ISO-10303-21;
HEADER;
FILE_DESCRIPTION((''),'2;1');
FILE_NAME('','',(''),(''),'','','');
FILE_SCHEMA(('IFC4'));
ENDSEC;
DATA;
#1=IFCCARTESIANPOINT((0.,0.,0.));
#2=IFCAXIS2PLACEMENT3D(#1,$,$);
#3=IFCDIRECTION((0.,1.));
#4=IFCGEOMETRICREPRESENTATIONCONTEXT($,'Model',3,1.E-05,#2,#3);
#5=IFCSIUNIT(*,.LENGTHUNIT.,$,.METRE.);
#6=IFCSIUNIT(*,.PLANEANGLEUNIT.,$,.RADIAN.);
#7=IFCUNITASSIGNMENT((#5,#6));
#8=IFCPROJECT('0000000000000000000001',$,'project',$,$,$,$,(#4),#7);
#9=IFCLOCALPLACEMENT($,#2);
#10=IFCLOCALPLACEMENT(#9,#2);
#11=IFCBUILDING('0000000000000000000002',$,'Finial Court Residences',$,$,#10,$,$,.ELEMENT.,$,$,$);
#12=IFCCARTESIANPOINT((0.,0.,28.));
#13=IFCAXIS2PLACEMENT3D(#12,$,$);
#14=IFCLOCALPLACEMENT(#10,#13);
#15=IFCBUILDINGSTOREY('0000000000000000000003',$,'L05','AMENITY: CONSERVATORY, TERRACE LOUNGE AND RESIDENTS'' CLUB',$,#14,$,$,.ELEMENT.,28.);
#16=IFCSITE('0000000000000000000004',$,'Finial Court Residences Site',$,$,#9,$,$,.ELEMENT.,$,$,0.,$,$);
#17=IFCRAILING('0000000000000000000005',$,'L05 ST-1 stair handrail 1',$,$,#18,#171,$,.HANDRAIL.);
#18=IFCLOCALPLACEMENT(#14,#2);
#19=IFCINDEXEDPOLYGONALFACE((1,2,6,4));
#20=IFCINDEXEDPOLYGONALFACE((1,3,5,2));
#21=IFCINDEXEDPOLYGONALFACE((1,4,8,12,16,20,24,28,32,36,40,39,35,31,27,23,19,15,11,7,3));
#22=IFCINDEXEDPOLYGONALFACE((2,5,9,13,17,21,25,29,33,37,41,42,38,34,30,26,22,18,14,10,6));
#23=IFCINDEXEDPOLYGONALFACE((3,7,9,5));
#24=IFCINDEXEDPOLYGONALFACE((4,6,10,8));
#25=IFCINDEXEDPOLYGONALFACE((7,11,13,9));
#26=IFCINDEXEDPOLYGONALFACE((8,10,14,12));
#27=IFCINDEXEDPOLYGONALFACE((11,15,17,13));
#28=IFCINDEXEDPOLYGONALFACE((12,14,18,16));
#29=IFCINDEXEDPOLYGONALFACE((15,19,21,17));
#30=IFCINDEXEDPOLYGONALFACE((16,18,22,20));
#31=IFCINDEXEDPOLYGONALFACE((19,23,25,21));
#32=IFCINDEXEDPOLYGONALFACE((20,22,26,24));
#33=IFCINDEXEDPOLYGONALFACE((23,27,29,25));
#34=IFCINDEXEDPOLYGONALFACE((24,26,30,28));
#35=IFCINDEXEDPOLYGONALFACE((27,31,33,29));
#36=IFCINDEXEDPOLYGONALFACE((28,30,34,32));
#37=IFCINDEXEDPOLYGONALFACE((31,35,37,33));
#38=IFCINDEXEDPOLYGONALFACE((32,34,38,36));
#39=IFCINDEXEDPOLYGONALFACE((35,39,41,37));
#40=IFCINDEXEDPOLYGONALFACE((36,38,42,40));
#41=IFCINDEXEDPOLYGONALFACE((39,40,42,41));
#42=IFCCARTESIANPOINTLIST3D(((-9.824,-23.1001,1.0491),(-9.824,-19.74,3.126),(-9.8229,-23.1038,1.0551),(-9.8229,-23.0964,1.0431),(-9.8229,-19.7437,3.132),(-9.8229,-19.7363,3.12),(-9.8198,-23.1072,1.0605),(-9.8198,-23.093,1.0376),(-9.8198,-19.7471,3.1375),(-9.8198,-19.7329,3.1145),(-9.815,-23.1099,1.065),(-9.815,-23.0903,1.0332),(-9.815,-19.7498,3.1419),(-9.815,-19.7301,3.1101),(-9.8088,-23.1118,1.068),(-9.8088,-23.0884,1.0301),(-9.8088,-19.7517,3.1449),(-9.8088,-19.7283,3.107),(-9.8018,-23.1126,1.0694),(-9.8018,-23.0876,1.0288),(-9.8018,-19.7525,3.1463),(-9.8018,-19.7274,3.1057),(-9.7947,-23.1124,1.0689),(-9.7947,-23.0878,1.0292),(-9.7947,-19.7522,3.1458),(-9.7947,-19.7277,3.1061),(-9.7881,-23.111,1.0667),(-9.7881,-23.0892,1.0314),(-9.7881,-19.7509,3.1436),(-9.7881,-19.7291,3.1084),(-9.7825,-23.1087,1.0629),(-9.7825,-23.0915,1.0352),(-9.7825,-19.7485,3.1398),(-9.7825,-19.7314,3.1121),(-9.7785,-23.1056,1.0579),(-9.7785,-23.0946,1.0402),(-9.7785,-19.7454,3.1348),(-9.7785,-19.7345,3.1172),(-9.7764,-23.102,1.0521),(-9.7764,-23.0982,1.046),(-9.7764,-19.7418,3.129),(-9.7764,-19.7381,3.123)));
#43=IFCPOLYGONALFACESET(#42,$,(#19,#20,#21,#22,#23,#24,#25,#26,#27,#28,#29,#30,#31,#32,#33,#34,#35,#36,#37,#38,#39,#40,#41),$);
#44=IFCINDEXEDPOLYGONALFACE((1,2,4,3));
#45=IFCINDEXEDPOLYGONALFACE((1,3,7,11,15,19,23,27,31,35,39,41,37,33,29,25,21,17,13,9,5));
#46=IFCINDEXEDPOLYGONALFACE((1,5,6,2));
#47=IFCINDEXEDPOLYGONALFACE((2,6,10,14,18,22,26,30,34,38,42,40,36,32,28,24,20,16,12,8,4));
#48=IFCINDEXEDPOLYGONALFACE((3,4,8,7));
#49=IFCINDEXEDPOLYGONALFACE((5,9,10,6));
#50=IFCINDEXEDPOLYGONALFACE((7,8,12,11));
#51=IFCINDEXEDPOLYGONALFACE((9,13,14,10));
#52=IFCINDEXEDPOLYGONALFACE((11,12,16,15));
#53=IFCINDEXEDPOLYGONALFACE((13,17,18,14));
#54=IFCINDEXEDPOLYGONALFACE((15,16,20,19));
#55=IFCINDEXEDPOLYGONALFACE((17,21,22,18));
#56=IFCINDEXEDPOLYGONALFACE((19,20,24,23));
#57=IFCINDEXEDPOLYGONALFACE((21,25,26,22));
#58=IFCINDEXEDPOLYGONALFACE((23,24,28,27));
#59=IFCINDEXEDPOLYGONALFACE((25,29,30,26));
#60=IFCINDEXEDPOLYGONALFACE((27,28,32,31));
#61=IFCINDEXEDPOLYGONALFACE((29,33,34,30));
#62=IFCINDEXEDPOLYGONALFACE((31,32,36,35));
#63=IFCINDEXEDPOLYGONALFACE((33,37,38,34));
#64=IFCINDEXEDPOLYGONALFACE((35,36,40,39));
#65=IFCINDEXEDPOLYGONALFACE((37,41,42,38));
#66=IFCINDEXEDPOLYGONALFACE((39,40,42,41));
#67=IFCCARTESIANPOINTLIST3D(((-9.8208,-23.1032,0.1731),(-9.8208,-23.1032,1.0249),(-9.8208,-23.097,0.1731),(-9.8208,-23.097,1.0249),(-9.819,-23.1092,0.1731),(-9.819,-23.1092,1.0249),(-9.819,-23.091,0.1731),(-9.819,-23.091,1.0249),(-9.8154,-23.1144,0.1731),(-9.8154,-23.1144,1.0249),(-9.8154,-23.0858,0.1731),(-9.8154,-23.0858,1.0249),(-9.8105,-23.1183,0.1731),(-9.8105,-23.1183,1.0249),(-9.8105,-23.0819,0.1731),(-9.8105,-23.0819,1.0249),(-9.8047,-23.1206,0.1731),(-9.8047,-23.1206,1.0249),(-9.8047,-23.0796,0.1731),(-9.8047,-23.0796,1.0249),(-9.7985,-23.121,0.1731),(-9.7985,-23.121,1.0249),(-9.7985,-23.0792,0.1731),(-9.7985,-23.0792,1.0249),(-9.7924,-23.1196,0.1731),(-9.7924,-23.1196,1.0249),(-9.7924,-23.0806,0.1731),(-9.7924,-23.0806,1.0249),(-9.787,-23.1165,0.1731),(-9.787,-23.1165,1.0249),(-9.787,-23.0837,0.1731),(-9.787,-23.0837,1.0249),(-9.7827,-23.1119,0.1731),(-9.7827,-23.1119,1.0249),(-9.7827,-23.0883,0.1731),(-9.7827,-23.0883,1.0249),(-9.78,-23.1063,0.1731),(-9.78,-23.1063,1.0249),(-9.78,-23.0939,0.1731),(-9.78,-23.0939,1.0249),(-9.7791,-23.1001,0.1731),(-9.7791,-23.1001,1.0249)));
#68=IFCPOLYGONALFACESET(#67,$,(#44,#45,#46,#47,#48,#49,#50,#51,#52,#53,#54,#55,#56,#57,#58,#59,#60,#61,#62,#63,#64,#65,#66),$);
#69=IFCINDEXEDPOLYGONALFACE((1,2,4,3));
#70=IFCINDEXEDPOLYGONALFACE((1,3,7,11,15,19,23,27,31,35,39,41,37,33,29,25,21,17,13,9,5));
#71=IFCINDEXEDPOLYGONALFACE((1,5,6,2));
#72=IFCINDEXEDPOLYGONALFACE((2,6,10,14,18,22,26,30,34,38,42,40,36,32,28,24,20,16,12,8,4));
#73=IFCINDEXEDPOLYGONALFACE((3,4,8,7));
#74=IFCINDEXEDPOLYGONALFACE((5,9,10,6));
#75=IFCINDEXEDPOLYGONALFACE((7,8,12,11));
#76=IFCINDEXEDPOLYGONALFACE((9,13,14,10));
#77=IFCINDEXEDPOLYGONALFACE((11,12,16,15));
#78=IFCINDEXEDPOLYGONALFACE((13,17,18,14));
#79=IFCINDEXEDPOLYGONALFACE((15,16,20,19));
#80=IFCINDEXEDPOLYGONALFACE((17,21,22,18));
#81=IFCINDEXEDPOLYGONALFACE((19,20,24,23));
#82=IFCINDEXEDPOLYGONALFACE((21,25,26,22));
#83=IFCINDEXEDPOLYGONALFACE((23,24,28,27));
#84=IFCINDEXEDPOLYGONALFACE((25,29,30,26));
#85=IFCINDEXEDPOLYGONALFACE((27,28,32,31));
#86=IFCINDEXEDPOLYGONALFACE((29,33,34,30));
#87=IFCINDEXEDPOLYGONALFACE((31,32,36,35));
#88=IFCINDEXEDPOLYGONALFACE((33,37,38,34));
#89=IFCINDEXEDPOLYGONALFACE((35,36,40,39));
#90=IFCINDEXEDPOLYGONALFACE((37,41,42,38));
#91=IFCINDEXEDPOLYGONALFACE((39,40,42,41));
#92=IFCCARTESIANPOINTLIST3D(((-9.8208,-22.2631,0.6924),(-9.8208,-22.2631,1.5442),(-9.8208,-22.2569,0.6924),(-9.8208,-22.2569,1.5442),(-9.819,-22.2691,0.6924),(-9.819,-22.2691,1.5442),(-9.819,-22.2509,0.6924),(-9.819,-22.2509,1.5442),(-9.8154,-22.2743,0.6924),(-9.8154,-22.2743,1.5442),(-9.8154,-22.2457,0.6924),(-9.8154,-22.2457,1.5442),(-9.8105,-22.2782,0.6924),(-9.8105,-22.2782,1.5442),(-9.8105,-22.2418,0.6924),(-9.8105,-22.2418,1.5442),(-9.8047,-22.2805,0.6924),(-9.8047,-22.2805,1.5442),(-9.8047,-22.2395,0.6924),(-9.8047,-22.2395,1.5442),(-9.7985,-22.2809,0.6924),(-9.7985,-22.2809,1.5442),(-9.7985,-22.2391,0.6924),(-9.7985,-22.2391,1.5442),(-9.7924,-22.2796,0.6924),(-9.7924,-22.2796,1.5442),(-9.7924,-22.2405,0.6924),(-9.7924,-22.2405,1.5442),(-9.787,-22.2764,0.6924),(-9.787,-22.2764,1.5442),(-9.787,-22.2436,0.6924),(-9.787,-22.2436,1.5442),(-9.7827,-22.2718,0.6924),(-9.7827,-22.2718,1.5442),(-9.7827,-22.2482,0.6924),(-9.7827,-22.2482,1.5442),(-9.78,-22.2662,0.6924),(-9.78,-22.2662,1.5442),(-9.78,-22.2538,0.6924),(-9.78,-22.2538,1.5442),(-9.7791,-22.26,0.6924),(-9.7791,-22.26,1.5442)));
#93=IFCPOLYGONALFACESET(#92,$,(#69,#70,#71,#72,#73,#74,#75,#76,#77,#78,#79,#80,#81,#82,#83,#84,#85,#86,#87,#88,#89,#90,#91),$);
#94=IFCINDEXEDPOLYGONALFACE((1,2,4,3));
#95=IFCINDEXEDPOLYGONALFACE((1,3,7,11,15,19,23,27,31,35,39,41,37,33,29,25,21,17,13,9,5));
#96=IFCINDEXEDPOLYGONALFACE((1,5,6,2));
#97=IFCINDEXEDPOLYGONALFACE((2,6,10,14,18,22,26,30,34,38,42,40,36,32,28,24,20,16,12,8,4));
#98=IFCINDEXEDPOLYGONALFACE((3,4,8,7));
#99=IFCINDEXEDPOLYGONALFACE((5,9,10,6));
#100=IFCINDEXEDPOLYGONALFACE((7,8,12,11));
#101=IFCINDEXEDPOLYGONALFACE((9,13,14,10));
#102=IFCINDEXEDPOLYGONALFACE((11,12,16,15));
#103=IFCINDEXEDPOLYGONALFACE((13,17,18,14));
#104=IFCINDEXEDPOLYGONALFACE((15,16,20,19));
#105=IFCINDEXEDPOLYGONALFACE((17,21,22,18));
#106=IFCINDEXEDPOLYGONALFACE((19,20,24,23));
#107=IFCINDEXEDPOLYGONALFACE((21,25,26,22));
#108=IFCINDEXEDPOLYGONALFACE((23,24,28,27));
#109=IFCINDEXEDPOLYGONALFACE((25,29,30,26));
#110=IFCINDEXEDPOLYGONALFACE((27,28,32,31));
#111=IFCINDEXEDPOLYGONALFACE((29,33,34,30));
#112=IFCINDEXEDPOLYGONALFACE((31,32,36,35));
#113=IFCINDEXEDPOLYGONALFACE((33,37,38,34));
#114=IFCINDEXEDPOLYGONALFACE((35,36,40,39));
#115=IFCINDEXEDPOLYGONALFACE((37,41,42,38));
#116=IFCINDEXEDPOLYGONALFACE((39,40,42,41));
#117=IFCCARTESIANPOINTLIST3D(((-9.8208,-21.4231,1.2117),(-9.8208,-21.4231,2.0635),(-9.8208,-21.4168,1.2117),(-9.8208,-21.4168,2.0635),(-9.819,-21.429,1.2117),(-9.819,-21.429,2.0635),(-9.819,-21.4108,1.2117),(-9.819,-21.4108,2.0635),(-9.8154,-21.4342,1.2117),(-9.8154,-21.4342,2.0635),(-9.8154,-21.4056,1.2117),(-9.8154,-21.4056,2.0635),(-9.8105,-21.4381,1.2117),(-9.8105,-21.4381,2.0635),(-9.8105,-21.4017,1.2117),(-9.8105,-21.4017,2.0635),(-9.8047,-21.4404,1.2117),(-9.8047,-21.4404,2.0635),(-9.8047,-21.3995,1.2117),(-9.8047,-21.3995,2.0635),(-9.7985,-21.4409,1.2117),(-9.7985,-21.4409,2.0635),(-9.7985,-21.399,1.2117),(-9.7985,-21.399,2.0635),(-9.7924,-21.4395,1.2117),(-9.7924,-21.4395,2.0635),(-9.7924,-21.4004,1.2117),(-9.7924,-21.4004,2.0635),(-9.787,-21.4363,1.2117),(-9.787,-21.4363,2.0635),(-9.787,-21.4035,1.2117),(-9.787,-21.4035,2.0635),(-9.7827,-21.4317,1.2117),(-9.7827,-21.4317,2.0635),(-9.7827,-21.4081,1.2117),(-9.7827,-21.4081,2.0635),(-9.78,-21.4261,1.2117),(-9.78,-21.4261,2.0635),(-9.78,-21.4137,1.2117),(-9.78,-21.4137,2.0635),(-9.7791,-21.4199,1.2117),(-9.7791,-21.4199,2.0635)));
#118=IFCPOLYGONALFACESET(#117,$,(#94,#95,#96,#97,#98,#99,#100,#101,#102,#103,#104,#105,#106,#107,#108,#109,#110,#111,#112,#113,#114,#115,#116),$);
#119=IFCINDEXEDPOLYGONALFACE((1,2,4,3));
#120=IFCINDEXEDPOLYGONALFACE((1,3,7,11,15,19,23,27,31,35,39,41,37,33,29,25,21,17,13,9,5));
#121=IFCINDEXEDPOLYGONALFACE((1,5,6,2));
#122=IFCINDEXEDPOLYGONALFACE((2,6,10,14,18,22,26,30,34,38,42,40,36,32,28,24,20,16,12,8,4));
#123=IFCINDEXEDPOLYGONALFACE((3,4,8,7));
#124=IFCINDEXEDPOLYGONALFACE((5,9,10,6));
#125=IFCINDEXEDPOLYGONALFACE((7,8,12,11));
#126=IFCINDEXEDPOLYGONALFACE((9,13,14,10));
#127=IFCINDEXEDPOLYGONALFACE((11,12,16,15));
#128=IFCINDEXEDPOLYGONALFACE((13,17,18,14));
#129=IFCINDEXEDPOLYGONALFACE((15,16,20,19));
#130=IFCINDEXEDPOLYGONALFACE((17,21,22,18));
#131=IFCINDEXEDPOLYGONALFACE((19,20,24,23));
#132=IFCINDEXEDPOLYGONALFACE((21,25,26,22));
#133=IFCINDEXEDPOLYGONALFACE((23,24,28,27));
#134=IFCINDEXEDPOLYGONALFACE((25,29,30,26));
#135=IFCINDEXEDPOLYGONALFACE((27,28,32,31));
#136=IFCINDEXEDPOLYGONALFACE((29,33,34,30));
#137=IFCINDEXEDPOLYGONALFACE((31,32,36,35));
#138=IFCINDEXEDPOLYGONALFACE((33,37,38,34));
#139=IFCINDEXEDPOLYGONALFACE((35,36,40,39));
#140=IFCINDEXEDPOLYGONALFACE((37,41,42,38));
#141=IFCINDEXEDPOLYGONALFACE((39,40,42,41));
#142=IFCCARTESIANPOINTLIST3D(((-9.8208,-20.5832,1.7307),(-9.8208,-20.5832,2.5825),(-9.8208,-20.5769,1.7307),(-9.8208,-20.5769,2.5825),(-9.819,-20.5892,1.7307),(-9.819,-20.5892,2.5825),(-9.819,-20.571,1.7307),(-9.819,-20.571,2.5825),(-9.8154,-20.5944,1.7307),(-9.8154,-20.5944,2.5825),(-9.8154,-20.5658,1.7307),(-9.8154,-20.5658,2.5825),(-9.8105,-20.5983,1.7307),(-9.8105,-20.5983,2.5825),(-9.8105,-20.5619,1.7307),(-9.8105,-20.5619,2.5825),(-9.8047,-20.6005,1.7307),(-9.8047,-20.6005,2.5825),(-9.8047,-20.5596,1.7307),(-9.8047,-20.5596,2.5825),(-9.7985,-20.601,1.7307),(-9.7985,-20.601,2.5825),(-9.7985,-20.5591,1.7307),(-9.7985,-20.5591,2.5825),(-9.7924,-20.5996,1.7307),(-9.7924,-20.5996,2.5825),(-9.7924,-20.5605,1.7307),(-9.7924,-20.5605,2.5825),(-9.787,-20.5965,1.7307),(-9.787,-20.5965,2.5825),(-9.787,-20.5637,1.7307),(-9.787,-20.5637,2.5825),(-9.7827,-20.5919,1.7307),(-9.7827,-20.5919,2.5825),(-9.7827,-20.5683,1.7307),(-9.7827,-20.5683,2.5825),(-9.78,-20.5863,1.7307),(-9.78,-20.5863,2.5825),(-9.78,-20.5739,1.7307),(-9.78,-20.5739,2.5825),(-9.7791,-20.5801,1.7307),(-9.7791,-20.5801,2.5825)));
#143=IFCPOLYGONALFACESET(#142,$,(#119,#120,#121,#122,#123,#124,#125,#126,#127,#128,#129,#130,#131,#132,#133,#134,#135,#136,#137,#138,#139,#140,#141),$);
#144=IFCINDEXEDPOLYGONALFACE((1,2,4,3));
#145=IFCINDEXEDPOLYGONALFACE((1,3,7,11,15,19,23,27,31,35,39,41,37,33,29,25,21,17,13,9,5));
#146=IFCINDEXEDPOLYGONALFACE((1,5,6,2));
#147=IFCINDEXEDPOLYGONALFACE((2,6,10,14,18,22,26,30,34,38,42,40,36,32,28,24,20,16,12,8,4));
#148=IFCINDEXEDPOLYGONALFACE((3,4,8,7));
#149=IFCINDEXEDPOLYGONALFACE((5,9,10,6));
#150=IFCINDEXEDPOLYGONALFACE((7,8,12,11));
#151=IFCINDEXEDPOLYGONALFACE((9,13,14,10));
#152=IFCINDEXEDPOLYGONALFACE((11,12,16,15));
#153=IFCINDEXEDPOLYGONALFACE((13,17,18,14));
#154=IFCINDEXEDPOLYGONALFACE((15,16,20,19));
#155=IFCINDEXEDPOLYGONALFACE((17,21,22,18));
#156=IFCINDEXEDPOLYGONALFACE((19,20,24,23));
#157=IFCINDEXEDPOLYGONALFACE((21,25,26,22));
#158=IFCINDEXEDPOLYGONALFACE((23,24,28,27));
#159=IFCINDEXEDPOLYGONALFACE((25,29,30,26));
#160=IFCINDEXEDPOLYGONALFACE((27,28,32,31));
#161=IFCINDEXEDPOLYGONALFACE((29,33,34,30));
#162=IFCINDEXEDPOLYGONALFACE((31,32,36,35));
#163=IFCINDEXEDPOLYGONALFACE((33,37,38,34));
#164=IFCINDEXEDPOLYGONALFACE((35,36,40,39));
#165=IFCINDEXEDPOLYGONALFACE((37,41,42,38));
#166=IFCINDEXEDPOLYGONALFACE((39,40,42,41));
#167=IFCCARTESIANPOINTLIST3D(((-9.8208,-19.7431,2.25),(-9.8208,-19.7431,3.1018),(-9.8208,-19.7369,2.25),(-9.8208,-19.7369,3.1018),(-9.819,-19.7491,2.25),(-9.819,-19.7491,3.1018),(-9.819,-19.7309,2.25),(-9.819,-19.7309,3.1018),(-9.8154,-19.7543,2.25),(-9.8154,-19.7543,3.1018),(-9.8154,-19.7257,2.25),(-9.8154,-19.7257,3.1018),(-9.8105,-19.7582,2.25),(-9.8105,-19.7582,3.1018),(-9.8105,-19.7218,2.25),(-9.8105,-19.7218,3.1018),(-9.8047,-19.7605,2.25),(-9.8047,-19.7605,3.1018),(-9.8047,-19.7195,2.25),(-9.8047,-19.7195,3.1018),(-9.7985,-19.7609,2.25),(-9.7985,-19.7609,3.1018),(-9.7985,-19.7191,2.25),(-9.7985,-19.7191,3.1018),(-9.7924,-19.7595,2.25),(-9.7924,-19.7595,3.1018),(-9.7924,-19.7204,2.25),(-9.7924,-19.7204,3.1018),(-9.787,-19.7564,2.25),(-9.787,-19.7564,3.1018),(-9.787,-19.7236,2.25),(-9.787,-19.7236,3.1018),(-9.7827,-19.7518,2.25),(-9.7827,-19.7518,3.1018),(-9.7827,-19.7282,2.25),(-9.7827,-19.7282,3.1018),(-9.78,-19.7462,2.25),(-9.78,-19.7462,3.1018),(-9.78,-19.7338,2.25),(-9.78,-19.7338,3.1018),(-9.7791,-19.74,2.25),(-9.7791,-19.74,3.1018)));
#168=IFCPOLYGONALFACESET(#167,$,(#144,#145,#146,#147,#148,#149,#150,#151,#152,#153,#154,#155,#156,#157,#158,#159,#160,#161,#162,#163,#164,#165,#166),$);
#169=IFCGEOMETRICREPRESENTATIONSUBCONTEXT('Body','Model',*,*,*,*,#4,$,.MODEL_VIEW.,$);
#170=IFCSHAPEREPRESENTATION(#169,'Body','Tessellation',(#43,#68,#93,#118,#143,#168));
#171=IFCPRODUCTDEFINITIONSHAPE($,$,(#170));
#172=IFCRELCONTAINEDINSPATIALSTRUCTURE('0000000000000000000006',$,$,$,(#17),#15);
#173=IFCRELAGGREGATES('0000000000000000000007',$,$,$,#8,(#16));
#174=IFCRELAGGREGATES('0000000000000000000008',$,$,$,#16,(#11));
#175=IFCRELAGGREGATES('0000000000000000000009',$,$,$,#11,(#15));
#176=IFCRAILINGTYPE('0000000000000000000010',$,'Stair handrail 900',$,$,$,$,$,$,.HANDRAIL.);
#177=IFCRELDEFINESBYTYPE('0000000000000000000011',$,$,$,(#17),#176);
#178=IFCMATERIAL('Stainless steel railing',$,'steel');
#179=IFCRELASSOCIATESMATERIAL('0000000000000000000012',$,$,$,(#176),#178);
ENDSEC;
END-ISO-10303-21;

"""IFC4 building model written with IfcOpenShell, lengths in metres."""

from ifc_helpers import new_model, si_unit, direction, frame, origin, origin_2d, place, context, subcontext, project, spatial, circle, extrude, material, type_object, element, save


model = new_model("IFC4")

# Units and contexts
model_context = context("Model", 3, precision=1e-05, world=origin(), true_north=direction((0.0, 1.0)))
body_context = subcontext(model_context, "Body", "Model", "MODEL_VIEW")
ifc_project = project(units=[si_unit("LENGTHUNIT", "METRE"), si_unit("PLANEANGLEUNIT", "RADIAN")], contexts=[model_context])

# Site, building, storey
site_placement = place(None, origin())
site = spatial("IfcSite", under=ifc_project, at=site_placement, Name="Finial Court Residences Site", CompositionType="ELEMENT", RefElevation=0.0)
building_placement = place(site_placement, origin())
building = spatial("IfcBuilding", under=site, at=building_placement, Name="Finial Court Residences", CompositionType="ELEMENT")
storey_placement = place(building_placement, frame((0.0, 0.0, 28.0)))
storey = spatial("IfcBuildingStorey", under=building, at=storey_placement, Name="L05", Description="AMENITY: CONSERVATORY, TERRACE LOUNGE AND RESIDENTS' CLUB", CompositionType="ELEMENT", Elevation=28.0)

# Railing
ifc_material_1 = material(Name="Stainless steel railing", Category="steel")
railing_type_1 = type_object("IfcRailingType", Name="Stair handrail 900", PredefinedType="HANDRAIL", material=ifc_material_1)
railing_1_placement = place(storey_placement, frame((-9.8, -23.1001, 0.1731)))
element("IfcRailing", 1, at=railing_1_placement, inside=storey, type_object=railing_type_1, Name="L05 ST-1 stair handrail 1", PredefinedType="HANDRAIL", context=body_context, shape_type="SweptSolid", body=[
    extrude(circle(Radius=0.0239, at=origin_2d()), frame((0.0, 0.0, 0.876), z_axis=(0.0, 0.850623, 0.525776), x_axis=(-1.0, 0.0, 0.0)), (0.0, 0.0, 1.0), 3.9502),
    extrude(circle(Radius=0.021, at=origin_2d()), origin(), (0.0, 0.0, 1.0), 0.8518),
    extrude(circle(Radius=0.021, at=origin_2d()), frame((0.0, 0.8401, 0.5193)), (0.0, 0.0, 1.0), 0.8518),
    extrude(circle(Radius=0.021, at=origin_2d()), frame((0.0, 1.6802, 1.0386)), (0.0, 0.0, 1.0), 0.8518),
    extrude(circle(Radius=0.021, at=origin_2d()), frame((0.0, 2.52, 1.5576)), (0.0, 0.0, 1.0), 0.8518),
    extrude(circle(Radius=0.021, at=origin_2d()), frame((0.0, 3.3601, 2.0769)), (0.0, 0.0, 1.0), 0.8518),
])

save(model, "model.ifc")
